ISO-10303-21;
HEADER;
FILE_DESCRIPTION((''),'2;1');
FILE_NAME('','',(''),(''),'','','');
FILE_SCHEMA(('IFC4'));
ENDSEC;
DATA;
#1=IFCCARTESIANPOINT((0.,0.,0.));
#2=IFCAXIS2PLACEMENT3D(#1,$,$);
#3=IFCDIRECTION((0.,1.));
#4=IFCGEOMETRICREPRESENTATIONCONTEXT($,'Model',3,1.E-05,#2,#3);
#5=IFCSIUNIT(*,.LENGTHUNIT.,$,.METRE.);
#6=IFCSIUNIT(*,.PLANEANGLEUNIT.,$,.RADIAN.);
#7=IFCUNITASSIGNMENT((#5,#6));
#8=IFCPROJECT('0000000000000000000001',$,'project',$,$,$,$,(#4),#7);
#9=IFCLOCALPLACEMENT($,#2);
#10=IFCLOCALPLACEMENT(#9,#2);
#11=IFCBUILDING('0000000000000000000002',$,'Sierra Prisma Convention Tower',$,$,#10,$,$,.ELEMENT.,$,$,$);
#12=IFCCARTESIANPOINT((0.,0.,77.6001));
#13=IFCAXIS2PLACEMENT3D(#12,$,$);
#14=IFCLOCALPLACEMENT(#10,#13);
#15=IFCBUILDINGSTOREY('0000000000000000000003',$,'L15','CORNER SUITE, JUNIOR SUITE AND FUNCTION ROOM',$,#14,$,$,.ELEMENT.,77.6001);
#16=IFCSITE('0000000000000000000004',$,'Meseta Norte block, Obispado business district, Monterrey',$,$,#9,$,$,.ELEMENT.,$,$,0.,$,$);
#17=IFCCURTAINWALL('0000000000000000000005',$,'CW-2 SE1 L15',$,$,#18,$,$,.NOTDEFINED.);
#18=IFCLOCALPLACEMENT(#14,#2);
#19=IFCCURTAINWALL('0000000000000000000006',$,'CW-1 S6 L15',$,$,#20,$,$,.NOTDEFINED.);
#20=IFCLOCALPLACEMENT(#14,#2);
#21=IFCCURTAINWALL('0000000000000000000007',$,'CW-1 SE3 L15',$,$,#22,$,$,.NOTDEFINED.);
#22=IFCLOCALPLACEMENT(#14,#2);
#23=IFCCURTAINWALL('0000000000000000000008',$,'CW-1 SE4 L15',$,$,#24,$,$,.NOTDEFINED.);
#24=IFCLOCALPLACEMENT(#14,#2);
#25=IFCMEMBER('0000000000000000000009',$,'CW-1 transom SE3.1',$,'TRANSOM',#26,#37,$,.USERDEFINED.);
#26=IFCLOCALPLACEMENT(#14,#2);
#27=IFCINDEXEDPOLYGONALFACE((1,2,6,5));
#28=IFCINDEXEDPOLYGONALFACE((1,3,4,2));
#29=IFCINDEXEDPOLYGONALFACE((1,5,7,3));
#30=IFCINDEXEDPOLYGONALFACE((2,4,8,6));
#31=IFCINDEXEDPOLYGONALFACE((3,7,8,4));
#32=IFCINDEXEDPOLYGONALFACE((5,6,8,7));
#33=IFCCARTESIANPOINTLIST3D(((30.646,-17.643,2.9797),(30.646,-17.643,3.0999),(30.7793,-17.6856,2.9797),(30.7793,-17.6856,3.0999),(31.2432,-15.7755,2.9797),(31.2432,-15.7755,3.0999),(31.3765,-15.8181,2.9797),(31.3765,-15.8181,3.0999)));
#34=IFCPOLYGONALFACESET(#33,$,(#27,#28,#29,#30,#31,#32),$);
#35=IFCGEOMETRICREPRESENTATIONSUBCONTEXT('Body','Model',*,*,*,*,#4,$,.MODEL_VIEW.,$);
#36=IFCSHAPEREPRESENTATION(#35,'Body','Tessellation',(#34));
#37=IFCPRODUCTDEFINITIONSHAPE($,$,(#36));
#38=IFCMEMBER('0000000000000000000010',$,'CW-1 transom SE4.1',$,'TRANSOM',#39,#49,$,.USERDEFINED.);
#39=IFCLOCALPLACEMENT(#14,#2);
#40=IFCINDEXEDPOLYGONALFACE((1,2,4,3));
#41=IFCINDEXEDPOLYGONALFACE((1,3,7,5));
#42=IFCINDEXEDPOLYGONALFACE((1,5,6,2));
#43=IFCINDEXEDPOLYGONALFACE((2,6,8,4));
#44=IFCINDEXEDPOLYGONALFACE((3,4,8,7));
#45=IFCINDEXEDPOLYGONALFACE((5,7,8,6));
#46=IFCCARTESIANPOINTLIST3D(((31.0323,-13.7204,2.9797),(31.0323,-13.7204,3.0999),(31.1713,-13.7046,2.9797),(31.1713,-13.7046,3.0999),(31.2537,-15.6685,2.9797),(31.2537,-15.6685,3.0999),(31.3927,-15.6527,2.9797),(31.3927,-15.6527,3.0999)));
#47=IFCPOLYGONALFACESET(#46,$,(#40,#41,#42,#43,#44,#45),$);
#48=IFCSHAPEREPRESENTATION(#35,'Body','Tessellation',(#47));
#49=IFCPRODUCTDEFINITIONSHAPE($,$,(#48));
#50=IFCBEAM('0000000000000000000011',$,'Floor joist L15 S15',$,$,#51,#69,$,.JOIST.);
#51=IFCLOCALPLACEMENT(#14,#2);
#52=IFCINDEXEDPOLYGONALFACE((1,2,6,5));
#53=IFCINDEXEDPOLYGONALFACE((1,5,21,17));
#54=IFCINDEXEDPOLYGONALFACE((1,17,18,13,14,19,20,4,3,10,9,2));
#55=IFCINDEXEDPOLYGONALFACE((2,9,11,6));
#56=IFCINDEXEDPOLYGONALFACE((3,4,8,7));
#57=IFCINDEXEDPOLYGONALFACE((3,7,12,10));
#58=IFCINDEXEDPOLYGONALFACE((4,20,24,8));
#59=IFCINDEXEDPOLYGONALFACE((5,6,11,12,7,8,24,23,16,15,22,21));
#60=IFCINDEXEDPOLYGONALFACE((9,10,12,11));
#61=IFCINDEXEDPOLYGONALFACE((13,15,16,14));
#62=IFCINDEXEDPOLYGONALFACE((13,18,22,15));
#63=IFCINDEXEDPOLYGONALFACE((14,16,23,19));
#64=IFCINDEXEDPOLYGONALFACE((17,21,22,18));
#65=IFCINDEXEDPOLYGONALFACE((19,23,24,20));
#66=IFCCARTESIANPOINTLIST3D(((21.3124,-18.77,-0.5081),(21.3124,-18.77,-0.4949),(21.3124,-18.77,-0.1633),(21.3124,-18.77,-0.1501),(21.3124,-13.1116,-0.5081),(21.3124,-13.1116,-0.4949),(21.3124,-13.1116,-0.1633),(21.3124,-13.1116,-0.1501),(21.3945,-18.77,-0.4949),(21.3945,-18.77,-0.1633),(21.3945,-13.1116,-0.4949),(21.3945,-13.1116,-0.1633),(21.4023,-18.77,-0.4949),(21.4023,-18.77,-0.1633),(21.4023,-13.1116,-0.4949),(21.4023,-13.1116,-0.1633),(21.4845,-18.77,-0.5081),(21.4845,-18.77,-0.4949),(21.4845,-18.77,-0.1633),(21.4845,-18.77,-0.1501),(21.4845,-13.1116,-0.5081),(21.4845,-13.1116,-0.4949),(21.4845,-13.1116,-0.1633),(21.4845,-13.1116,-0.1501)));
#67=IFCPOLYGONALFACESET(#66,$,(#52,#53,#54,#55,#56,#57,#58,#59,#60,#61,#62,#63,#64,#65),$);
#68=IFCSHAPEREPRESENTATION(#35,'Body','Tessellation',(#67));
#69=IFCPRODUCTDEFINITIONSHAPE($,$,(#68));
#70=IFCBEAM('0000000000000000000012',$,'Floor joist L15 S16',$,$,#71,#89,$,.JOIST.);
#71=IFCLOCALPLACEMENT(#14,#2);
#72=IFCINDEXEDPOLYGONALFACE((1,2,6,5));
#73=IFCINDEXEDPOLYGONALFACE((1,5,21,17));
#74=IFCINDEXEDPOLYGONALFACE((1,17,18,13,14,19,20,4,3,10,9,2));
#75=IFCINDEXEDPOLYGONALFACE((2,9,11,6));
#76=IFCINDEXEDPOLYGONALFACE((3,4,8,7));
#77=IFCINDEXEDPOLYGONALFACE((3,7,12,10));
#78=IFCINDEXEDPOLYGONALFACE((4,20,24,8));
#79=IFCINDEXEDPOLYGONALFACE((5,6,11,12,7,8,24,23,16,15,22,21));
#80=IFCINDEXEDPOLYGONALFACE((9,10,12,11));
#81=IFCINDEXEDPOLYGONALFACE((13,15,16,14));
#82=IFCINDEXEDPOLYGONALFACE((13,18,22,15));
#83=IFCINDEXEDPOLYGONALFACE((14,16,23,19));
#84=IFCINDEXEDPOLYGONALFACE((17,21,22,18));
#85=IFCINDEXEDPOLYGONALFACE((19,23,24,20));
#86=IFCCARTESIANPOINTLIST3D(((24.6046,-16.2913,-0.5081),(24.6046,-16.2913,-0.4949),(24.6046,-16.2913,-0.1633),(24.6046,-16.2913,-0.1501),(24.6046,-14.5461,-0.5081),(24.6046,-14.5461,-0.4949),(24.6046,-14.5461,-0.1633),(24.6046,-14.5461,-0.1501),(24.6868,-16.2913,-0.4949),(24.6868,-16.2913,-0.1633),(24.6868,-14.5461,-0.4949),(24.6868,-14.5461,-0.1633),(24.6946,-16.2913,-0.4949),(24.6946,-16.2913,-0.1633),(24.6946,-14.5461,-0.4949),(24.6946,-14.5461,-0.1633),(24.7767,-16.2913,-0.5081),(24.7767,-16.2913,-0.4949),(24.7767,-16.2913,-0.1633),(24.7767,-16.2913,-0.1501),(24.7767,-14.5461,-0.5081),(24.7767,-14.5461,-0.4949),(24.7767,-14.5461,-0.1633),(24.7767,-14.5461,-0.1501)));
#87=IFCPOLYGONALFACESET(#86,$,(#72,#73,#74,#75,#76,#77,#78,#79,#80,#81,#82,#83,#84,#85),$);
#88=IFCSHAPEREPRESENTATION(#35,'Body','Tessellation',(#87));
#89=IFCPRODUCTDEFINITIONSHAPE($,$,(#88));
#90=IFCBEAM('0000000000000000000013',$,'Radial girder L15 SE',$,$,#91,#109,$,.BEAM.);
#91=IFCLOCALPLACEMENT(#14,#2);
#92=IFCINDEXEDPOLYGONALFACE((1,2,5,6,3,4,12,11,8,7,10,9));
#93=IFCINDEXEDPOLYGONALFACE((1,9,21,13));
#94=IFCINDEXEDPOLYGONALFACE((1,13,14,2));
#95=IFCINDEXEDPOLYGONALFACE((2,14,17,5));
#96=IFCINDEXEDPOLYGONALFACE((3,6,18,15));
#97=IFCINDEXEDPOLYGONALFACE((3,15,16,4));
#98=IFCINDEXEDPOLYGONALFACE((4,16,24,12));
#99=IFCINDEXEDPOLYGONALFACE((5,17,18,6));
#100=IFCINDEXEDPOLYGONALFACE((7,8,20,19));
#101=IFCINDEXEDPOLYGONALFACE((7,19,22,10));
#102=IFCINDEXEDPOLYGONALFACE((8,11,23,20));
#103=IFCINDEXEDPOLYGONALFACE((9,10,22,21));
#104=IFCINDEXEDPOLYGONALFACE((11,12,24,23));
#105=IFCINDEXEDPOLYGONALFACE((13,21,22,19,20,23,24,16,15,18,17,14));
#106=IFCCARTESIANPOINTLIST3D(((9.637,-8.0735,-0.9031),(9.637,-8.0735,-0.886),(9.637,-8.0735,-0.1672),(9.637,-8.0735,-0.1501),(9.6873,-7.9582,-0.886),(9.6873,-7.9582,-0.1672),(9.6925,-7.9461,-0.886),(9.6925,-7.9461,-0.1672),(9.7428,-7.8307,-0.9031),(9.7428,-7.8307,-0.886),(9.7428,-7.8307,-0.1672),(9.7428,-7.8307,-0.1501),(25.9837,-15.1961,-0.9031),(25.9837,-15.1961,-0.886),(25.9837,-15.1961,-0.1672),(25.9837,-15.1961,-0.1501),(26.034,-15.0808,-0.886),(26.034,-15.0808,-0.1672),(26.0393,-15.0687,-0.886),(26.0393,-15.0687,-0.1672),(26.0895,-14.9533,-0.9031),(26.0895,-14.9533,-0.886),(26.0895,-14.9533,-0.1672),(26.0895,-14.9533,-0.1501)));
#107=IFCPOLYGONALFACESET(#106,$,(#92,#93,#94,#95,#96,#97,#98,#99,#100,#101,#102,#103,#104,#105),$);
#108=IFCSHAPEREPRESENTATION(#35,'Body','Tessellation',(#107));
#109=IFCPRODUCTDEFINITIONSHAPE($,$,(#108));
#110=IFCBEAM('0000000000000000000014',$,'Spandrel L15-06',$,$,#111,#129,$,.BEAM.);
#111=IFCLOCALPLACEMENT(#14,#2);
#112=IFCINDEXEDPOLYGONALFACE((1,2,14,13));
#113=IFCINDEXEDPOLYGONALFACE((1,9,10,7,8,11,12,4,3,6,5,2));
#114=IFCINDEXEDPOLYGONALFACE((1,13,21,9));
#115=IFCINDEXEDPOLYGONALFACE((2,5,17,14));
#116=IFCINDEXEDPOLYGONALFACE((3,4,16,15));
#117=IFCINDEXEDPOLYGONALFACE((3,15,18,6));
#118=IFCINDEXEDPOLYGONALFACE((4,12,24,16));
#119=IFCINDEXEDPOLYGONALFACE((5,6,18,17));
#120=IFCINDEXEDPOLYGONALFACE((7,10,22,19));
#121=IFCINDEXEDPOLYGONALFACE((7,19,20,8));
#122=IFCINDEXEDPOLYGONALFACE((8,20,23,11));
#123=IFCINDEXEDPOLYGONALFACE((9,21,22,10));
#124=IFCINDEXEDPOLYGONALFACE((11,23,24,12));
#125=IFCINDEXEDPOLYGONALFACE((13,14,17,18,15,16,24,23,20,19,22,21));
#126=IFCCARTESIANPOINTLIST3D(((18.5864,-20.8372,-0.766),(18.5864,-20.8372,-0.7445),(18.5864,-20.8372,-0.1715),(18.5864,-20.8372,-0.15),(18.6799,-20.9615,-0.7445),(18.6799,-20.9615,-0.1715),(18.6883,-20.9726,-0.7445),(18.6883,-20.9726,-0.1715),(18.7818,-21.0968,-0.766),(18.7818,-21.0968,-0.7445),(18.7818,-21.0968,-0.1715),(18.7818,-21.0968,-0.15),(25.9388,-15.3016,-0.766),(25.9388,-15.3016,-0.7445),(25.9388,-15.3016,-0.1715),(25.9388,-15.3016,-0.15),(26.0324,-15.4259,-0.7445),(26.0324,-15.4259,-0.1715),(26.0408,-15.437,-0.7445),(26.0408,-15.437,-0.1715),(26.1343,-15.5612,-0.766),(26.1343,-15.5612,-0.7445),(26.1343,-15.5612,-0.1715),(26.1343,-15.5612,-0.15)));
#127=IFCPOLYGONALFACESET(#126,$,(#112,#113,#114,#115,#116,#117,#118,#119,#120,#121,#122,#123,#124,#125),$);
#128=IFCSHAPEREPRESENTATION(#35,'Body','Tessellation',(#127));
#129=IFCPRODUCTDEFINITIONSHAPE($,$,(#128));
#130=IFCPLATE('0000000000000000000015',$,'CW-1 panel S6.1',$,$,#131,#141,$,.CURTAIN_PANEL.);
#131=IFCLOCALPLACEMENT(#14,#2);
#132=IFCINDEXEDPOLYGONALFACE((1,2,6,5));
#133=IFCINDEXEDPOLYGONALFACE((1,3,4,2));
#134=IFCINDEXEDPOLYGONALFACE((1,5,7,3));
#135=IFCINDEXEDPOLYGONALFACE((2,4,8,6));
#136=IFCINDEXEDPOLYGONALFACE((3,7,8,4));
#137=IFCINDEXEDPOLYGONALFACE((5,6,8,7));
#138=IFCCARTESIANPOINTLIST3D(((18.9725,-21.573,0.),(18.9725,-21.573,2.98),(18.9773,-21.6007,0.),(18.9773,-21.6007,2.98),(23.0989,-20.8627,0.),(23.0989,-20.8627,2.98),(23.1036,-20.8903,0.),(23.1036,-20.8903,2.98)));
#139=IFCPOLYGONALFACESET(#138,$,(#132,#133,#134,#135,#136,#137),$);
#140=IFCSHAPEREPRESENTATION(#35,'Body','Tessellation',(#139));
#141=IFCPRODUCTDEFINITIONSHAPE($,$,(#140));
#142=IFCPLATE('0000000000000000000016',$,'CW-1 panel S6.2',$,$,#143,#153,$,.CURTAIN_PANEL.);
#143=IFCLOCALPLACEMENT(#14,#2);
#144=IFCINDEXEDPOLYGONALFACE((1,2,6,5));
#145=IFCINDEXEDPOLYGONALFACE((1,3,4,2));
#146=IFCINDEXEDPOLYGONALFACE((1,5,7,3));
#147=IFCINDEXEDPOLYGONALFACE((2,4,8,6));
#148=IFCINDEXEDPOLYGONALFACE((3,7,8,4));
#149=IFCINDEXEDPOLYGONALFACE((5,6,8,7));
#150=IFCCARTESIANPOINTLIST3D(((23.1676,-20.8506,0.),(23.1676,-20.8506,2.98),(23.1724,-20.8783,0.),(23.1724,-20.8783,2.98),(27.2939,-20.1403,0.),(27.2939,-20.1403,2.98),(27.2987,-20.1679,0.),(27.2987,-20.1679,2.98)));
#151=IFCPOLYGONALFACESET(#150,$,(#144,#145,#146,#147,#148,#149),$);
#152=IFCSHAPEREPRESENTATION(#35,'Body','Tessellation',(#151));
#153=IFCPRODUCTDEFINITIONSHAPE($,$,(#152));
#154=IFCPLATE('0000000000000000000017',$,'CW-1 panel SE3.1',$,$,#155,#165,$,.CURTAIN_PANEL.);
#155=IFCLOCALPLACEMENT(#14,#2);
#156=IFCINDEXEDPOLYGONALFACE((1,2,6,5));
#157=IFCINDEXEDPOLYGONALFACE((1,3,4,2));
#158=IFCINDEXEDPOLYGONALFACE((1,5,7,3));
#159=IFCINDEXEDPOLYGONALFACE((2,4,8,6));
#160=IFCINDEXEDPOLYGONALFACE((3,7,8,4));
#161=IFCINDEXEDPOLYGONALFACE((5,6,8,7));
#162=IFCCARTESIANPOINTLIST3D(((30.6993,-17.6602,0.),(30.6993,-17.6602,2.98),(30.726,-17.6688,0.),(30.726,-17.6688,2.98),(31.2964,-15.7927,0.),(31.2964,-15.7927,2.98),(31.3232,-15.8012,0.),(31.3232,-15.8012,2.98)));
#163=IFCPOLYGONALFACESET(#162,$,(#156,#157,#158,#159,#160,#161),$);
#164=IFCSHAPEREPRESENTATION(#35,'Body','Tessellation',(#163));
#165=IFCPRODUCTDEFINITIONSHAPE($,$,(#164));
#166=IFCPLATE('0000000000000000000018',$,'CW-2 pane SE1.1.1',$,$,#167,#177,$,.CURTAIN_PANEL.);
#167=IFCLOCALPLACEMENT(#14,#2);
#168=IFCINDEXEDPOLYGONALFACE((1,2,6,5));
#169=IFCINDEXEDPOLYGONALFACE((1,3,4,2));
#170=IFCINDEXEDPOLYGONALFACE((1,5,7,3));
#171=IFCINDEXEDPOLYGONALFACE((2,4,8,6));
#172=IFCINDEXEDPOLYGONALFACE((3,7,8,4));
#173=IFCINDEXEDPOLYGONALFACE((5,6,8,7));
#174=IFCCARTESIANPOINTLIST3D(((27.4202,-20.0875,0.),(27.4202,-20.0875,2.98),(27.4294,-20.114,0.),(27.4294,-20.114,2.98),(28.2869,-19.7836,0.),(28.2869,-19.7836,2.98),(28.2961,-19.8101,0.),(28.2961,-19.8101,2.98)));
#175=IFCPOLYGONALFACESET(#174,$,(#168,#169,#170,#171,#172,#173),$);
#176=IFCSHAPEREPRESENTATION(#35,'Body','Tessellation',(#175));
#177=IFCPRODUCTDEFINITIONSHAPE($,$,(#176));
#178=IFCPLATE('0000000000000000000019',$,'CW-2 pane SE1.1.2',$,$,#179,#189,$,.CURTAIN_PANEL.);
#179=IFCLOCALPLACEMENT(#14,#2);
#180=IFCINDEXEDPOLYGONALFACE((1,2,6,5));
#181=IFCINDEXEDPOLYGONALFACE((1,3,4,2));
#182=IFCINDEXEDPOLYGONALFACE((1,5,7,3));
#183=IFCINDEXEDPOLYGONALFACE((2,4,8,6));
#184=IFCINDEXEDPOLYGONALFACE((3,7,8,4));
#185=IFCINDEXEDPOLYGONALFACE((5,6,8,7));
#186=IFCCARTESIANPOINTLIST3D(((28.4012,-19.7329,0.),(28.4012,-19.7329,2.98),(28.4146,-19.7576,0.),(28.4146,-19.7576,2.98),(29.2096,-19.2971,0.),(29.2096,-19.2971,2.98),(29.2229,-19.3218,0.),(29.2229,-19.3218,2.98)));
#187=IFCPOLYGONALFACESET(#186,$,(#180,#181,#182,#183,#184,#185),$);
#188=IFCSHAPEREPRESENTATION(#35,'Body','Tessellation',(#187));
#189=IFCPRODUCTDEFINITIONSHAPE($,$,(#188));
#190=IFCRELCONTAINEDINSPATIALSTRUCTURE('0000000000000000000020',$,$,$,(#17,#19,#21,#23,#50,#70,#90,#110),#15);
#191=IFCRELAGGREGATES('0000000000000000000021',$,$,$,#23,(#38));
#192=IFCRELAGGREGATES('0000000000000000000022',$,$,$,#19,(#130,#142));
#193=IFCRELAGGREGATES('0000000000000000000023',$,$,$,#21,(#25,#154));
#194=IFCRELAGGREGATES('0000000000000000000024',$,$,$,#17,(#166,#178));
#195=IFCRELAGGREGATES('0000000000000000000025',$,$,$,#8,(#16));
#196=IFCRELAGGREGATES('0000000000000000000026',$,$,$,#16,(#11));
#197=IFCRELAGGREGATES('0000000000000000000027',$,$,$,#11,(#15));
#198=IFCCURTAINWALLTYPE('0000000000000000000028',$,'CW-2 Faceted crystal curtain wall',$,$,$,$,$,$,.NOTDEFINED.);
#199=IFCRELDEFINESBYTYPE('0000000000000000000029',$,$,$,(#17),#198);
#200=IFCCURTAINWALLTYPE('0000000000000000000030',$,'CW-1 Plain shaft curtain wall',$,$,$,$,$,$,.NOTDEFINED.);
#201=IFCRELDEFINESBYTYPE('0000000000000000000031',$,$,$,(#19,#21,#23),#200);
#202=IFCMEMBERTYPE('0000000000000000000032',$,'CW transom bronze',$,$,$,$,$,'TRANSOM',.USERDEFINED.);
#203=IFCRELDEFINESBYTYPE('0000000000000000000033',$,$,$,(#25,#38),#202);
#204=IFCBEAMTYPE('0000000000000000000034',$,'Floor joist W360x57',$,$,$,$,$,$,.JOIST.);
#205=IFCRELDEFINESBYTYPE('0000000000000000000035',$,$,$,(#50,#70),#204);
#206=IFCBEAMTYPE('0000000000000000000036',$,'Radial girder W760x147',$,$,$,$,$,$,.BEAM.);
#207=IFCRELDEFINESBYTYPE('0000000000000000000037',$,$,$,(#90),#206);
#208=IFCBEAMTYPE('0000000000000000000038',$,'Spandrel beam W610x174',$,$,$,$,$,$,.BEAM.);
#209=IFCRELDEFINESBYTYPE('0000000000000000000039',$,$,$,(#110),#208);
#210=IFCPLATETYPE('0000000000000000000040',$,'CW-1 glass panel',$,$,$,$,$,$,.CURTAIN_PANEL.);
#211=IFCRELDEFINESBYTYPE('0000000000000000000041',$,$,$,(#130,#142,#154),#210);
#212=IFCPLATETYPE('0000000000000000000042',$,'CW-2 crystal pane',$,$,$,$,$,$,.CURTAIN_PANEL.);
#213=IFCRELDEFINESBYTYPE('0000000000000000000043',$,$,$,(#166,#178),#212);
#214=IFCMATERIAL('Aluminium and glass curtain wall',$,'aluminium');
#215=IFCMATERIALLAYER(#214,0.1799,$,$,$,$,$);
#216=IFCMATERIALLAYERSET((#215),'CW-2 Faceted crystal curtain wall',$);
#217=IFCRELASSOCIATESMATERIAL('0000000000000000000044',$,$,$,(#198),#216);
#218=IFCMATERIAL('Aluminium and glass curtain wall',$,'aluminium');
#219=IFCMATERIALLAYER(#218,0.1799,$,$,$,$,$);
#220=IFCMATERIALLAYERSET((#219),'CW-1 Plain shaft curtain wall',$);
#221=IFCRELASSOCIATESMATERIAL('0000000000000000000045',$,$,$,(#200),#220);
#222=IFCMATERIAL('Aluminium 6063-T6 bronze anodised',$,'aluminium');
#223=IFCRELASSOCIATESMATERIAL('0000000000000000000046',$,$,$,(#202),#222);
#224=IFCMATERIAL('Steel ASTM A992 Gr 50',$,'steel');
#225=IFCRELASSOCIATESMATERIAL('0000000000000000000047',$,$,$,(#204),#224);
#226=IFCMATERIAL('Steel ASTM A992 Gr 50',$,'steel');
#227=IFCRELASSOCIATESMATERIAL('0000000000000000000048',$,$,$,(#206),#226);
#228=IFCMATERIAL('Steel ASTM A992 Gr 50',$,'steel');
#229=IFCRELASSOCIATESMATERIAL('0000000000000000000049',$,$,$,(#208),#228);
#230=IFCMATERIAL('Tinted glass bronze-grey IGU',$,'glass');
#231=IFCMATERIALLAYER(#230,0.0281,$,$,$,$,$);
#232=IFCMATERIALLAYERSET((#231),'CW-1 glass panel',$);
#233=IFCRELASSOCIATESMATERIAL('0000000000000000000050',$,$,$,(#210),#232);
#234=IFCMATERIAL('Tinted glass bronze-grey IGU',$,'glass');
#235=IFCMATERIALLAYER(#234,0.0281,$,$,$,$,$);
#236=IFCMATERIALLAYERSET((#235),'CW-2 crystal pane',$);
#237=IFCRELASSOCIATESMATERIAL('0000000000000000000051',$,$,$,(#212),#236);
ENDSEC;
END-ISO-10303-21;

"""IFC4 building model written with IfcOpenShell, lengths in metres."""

from ifc_helpers import new_model, si_unit, direction, frame, origin, origin_2d, place, context, subcontext, project, spatial, polyline, rectangle, i_section, outline, extrude, material, layer, layer_set, material_profile, profile_set, type_object, element, aggregate, save


model = new_model("IFC4")

# Units and contexts
model_context = context("Model", 3, precision=1e-05, world=origin(), true_north=direction((0.0, 1.0)))
body_context = subcontext(model_context, "Body", "Model", "MODEL_VIEW")
ifc_project = project(units=[si_unit("LENGTHUNIT", "METRE"), si_unit("PLANEANGLEUNIT", "RADIAN")], contexts=[model_context])

# Site, building, storey
site_placement = place(None, origin())
site = spatial("IfcSite", under=ifc_project, at=site_placement, Name="Meseta Norte block, Obispado business district, Monterrey", CompositionType="ELEMENT", RefElevation=0.0)
building_placement = place(site_placement, origin())
building = spatial("IfcBuilding", under=site, at=building_placement, Name="Sierra Prisma Convention Tower", CompositionType="ELEMENT")
storey_placement = place(building_placement, frame((0.0, 0.0, 77.6001)))
storey = spatial("IfcBuildingStorey", under=building, at=storey_placement, Name="L15", Description="CORNER SUITE, JUNIOR SUITE AND FUNCTION ROOM", CompositionType="ELEMENT", Elevation=77.6001)

# Curtain walls
ifc_material_1 = material(Name="Aluminium and glass curtain wall", Category="aluminium")
ifc_layer_1 = layer(ifc_material_1, 0.1799)
ifc_layer_set_1 = layer_set([ifc_layer_1], Name="CW-2 Faceted crystal curtain wall")
curtain_wall_type_1 = type_object("IfcCurtainWallType", Name="CW-2 Faceted crystal curtain wall", PredefinedType="NOTDEFINED", material=ifc_layer_set_1)
curtain_wall_1_placement = place(storey_placement, origin())
curtain_wall_1 = element("IfcCurtainWall", 1, at=curtain_wall_1_placement, inside=storey, type_object=curtain_wall_type_1, Name="CW-2 SE1 L15", PredefinedType="NOTDEFINED")
ifc_material_2 = material(Name="Aluminium and glass curtain wall", Category="aluminium")
ifc_layer_2 = layer(ifc_material_2, 0.1799)
ifc_layer_set_2 = layer_set([ifc_layer_2], Name="CW-1 Plain shaft curtain wall")
curtain_wall_type_2 = type_object("IfcCurtainWallType", Name="CW-1 Plain shaft curtain wall", PredefinedType="NOTDEFINED", material=ifc_layer_set_2)
curtain_wall_2_placement = place(storey_placement, origin())
curtain_wall_2 = element("IfcCurtainWall", 2, at=curtain_wall_2_placement, inside=storey, type_object=curtain_wall_type_2, Name="CW-1 S6 L15", PredefinedType="NOTDEFINED")

# Curtain walls
curtain_wall_3_placement = place(storey_placement, origin())
curtain_wall_3 = element("IfcCurtainWall", 3, at=curtain_wall_3_placement, inside=storey, type_object=curtain_wall_type_2, Name="CW-1 SE3 L15", PredefinedType="NOTDEFINED")
curtain_wall_4_placement = place(storey_placement, origin())
curtain_wall_4 = element("IfcCurtainWall", 4, at=curtain_wall_4_placement, inside=storey, type_object=curtain_wall_type_2, Name="CW-1 SE4 L15", PredefinedType="NOTDEFINED")

# Members
ifc_material_3 = material(Name="Aluminium 6063-T6 bronze anodised", Category="aluminium")
ifc_material_profile_1 = material_profile(ifc_material_3, rectangle(XDim=0.1399, YDim=0.1201, at=origin_2d()), Name="ALU TRANSOM 120x140")
ifc_profile_set_1 = profile_set([ifc_material_profile_1], Name="Aluminium 6063-T6 bronze anodised")
member_type_1 = type_object("IfcMemberType", Name="CW transom bronze", ElementType="TRANSOM", PredefinedType="USERDEFINED", material=ifc_profile_set_1)
member_1_placement = place(storey_placement, frame((30.7126, -17.6643, 3.0398), z_axis=(0.304586, 0.952485, 0.0), x_axis=(-0.952485, 0.304586, 0.0)))
member_1 = element("IfcMember", 5, at=member_1_placement, type_object=member_type_1, Name="CW-1 transom SE3.1", ObjectType="TRANSOM", PredefinedType="USERDEFINED", context=body_context, shape_type="SweptSolid", body=[
    extrude(rectangle(XDim=0.1399, YDim=0.1201, at=origin_2d()), origin(), (0.0, 0.0, 1.0), 1.9607),
])
member_2_placement = place(storey_placement, frame((31.3232, -15.6606, 3.0398), z_axis=(-0.112932, 0.993603, 0.0), x_axis=(-0.993603, -0.112932, 0.0)))
member_2 = element("IfcMember", 6, at=member_2_placement, type_object=member_type_1, Name="CW-1 transom SE4.1", ObjectType="TRANSOM", PredefinedType="USERDEFINED", context=body_context, shape_type="SweptSolid", body=[
    extrude(rectangle(XDim=0.1399, YDim=0.1201, at=origin_2d()), origin(), (0.0, 0.0, 1.0), 1.9607),
])
aggregate(curtain_wall_4, [member_2])

# Beams
ifc_material_4 = material(Name="Steel ASTM A992 Gr 50", Category="steel")
ifc_material_profile_2 = material_profile(ifc_material_4, i_section(OverallWidth=0.1721, OverallDepth=0.3579, WebThickness=0.0078, FlangeThickness=0.0132, at=origin_2d()), Name="W360x57")
ifc_profile_set_2 = profile_set([ifc_material_profile_2], Name="Steel ASTM A992 Gr 50")
beam_type_1 = type_object("IfcBeamType", Name="Floor joist W360x57", PredefinedType="JOIST", material=ifc_profile_set_2)
beam_1_placement = place(storey_placement, frame((21.3984, -18.77, -0.3291), z_axis=(0.0, 1.0, 0.0), x_axis=(-1.0, 0.0, 0.0)))
element("IfcBeam", 7, at=beam_1_placement, inside=storey, type_object=beam_type_1, Name="Floor joist L15 S15", PredefinedType="JOIST", context=body_context, shape_type="SweptSolid", body=[
    extrude(i_section(OverallWidth=0.1721, OverallDepth=0.3579, WebThickness=0.0078, FlangeThickness=0.0132, at=origin_2d()), origin(), (0.0, 0.0, 1.0), 5.6584),
])
beam_2_placement = place(storey_placement, frame((24.6907, -16.2913, -0.3291), z_axis=(0.0, 1.0, 0.0), x_axis=(-1.0, 0.0, 0.0)))
element("IfcBeam", 8, at=beam_2_placement, inside=storey, type_object=beam_type_1, Name="Floor joist L15 S16", PredefinedType="JOIST", context=body_context, shape_type="SweptSolid", body=[
    extrude(i_section(OverallWidth=0.1721, OverallDepth=0.3579, WebThickness=0.0078, FlangeThickness=0.0132, at=origin_2d()), origin(), (0.0, 0.0, 1.0), 1.7451),
])
ifc_material_5 = material(Name="Steel ASTM A992 Gr 50", Category="steel")
ifc_material_profile_3 = material_profile(ifc_material_5, i_section(OverallWidth=0.2649, OverallDepth=0.7529, WebThickness=0.0132, FlangeThickness=0.0171, at=origin_2d()), Name="W760x147")
ifc_profile_set_3 = profile_set([ifc_material_profile_3], Name="Steel ASTM A992 Gr 50")
beam_type_2 = type_object("IfcBeamType", Name="Radial girder W760x147", PredefinedType="BEAM", material=ifc_profile_set_3)
beam_3_placement = place(storey_placement, frame((26.0366, -15.0747, -0.5266), z_axis=(-0.916756, 0.399448, 0.0), x_axis=(-0.399448, -0.916756, 0.0)))
element("IfcBeam", 9, at=beam_3_placement, inside=storey, type_object=beam_type_2, Name="Radial girder L15 SE", PredefinedType="BEAM", context=body_context, shape_type="SweptSolid", body=[
    extrude(i_section(OverallWidth=0.2649, OverallDepth=0.7529, WebThickness=0.0132, FlangeThickness=0.0171, at=origin_2d()), origin(), (0.0, 0.0, 1.0), 17.8311),
])
ifc_material_6 = material(Name="Steel ASTM A992 Gr 50", Category="steel")
ifc_material_profile_4 = material_profile(ifc_material_6, i_section(OverallWidth=0.325, OverallDepth=0.616, WebThickness=0.0139, FlangeThickness=0.0215, at=origin_2d()), Name="W610x174")
ifc_profile_set_4 = profile_set([ifc_material_profile_4], Name="Steel ASTM A992 Gr 50")
beam_type_3 = type_object("IfcBeamType", Name="Spandrel beam W610x174", PredefinedType="BEAM", material=ifc_profile_set_4)
beam_4_placement = place(storey_placement, frame((18.6841, -20.967, -0.458), z_axis=(0.798891, 0.601476, 0.0), x_axis=(-0.601476, 0.798891, 0.0)))
element("IfcBeam", 10, at=beam_4_placement, inside=storey, type_object=beam_type_3, Name="Spandrel L15-06", PredefinedType="BEAM", context=body_context, shape_type="SweptSolid", body=[
    extrude(i_section(OverallWidth=0.325, OverallDepth=0.616, WebThickness=0.0139, FlangeThickness=0.0215, at=origin_2d()), origin(), (0.0, 0.0, 1.0), 9.2034),
])

# Plates
ifc_material_7 = material(Name="Tinted glass bronze-grey IGU", Category="glass")
ifc_layer_3 = layer(ifc_material_7, 0.0281)
ifc_layer_set_3 = layer_set([ifc_layer_3], Name="CW-1 glass panel")
plate_type_1 = type_object("IfcPlateType", Name="CW-1 glass panel", PredefinedType="CURTAIN_PANEL", material=ifc_layer_set_3)
plate_1_placement = place(storey_placement, frame((21.0381, -21.2317, 0.0), z_axis=(0.0, 0.0, 1.0), x_axis=(0.985503, 0.169659, 0.0)))
plate_1 = element("IfcPlate", 11, at=plate_1_placement, type_object=plate_type_1, Name="CW-1 panel S6.1", PredefinedType="CURTAIN_PANEL", context=body_context, shape_type="SweptSolid", body=[
    extrude(rectangle(XDim=4.187, YDim=0.0281, at=origin_2d()), origin(), (0.0, 0.0, 1.0), 2.98),
])
plate_2_placement = place(storey_placement, frame((25.2332, -20.5093, 0.0), z_axis=(0.0, 0.0, 1.0), x_axis=(0.985503, 0.169659, 0.0)))
plate_2 = element("IfcPlate", 12, at=plate_2_placement, type_object=plate_type_1, Name="CW-1 panel S6.2", PredefinedType="CURTAIN_PANEL", context=body_context, shape_type="SweptSolid", body=[
    extrude(rectangle(XDim=4.187, YDim=0.0281, at=origin_2d()), origin(), (0.0, 0.0, 1.0), 2.98),
])
aggregate(curtain_wall_2, [plate_1, plate_2])
plate_3_placement = place(storey_placement, frame((31.0112, -16.7307, 0.0), z_axis=(0.0, 0.0, 1.0), x_axis=(0.304557, 0.952494, 0.0)))
plate_3 = element("IfcPlate", 13, at=plate_3_placement, type_object=plate_type_1, Name="CW-1 panel SE3.1", PredefinedType="CURTAIN_PANEL", context=body_context, shape_type="SweptSolid", body=[
    extrude(rectangle(XDim=1.9607, YDim=0.0281, at=origin_2d()), origin(), (0.0, 0.0, 1.0), 2.98),
])
aggregate(curtain_wall_3, [member_1, plate_3])
ifc_material_8 = material(Name="Tinted glass bronze-grey IGU", Category="glass")
ifc_layer_4 = layer(ifc_material_8, 0.0281)
ifc_layer_set_4 = layer_set([ifc_layer_4], Name="CW-2 crystal pane")
plate_type_2 = type_object("IfcPlateType", Name="CW-2 crystal pane", PredefinedType="CURTAIN_PANEL", material=ifc_layer_set_4)
plate_4_placement = place(storey_placement, frame((27.4294, -20.114, 0.0), z_axis=(0.330942, -0.943651, 0.0), x_axis=(0.943651, 0.330942, 0.0)))
plate_4 = element("IfcPlate", 14, at=plate_4_placement, type_object=plate_type_2, Name="CW-2 pane SE1.1.1", PredefinedType="CURTAIN_PANEL", context=body_context, shape_type="SweptSolid", body=[
    extrude(outline(polyline([(0.0, 0.0), (0.9185, 0.0), (0.9185, 2.98), (0.0, 2.98), (0.0, 0.0)])), origin(), (0.0, 0.0, -1.0), 0.0281),
])
plate_5_placement = place(storey_placement, frame((29.2229, -19.3218, 0.0), z_axis=(0.474544, -0.880232, 0.0), x_axis=(-0.880232, -0.474544, 0.0)))
plate_5 = element("IfcPlate", 15, at=plate_5_placement, type_object=plate_type_2, Name="CW-2 pane SE1.1.2", PredefinedType="CURTAIN_PANEL", context=body_context, shape_type="SweptSolid", body=[
    extrude(outline(polyline([(0.0, 0.0), (0.9183, 0.0), (0.9183, -2.98), (0.0, -2.98), (0.0, 0.0)])), origin(), (0.0, 0.0, -1.0), 0.0281),
])
aggregate(curtain_wall_1, [plate_4, plate_5])

save(model, "model.ifc")
